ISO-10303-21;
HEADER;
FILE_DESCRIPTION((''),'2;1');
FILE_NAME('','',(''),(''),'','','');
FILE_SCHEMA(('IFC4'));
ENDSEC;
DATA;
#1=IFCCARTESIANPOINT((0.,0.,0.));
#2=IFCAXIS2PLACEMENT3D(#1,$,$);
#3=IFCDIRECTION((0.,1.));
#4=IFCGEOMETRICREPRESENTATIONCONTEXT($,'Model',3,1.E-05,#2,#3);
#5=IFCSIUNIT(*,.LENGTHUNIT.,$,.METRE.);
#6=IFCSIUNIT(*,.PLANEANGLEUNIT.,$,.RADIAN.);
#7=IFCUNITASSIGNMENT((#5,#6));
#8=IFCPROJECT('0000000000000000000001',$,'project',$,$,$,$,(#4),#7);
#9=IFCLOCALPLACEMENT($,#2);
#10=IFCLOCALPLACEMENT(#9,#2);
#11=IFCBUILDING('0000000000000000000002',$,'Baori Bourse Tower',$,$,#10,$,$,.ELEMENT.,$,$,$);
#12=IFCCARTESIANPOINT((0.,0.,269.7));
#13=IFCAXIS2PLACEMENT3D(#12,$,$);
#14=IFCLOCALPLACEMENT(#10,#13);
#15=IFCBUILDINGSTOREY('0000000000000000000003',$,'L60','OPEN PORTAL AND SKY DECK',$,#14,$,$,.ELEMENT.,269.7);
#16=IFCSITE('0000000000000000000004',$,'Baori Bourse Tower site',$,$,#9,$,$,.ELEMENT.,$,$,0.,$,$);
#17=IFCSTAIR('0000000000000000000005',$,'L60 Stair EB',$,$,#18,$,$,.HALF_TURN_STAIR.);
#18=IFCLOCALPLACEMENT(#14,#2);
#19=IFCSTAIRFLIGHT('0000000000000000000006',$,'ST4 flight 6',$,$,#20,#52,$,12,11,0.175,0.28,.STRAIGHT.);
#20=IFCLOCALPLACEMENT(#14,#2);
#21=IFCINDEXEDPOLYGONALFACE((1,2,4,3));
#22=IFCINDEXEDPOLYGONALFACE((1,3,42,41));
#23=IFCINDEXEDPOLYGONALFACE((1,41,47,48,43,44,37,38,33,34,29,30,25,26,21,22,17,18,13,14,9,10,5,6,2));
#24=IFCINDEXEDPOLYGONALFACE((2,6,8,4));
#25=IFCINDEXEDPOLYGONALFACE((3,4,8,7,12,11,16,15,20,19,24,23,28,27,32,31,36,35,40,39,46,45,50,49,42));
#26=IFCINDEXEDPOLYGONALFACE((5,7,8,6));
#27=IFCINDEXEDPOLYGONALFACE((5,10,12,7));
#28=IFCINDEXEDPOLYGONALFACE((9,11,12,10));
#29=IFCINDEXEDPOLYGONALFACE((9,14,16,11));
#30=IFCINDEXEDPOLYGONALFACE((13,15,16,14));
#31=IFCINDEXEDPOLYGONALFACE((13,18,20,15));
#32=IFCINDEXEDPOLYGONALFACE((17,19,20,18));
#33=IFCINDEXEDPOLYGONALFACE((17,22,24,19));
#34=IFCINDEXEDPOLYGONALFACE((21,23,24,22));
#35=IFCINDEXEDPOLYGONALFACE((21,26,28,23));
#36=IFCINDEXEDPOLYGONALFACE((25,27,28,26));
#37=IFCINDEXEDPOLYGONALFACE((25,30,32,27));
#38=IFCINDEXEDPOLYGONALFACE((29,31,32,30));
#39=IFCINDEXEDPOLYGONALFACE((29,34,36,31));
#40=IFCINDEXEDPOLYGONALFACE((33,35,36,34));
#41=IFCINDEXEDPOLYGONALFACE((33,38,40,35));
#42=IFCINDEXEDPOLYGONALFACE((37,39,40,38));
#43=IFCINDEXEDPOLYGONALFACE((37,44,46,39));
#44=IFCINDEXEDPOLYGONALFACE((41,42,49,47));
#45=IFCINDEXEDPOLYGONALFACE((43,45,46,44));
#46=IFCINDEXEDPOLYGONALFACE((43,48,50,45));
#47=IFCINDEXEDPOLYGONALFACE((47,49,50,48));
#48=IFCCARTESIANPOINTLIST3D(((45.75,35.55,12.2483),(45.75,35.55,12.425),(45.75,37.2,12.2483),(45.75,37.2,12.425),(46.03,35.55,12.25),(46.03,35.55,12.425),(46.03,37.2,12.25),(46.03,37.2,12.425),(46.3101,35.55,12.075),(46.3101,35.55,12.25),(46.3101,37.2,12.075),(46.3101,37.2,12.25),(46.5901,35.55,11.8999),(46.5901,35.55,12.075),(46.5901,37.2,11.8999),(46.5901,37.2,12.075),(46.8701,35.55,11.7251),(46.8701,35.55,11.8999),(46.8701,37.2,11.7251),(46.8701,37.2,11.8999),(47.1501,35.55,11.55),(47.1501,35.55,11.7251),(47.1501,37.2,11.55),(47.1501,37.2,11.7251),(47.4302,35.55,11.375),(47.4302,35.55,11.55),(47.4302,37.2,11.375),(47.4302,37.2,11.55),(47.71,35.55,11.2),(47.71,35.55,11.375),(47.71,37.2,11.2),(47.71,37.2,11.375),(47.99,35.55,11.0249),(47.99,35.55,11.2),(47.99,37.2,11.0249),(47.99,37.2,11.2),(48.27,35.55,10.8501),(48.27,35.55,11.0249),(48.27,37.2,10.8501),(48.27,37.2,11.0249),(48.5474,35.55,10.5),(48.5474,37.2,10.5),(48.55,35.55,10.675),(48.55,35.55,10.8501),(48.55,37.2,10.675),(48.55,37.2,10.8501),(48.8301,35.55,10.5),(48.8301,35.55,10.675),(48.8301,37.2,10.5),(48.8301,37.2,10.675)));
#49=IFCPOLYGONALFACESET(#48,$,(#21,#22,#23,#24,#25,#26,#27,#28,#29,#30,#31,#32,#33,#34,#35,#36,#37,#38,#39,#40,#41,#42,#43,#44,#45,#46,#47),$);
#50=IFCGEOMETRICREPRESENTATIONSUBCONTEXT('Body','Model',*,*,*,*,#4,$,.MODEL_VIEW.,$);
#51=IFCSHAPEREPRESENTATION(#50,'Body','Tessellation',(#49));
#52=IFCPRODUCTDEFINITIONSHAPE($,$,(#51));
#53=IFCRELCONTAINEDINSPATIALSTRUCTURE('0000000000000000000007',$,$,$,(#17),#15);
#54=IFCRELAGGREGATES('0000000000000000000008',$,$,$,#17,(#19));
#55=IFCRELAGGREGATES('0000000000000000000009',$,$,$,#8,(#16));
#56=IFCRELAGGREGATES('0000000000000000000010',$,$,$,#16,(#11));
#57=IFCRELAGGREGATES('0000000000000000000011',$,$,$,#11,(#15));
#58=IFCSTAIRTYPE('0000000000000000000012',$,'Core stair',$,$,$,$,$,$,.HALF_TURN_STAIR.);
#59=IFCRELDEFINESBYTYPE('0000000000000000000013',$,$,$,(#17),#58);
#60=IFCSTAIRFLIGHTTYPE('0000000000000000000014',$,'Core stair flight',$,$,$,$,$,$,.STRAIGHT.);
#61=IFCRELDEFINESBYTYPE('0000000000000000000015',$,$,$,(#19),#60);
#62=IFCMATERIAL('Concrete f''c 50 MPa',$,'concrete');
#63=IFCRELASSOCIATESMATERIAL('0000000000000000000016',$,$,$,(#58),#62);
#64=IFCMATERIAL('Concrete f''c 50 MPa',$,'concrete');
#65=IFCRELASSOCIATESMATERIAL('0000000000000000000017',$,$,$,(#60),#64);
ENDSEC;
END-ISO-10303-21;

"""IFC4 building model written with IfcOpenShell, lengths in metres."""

from ifc_helpers import new_model, si_unit, direction, frame, origin, place, context, subcontext, project, spatial, polyline, outline, extrude, material, type_object, element, aggregate, save


model = new_model("IFC4")

# Units and contexts
model_context = context("Model", 3, precision=1e-05, world=origin(), true_north=direction((0.0, 1.0)))
body_context = subcontext(model_context, "Body", "Model", "MODEL_VIEW")
ifc_project = project(units=[si_unit("LENGTHUNIT", "METRE"), si_unit("PLANEANGLEUNIT", "RADIAN")], contexts=[model_context])

# Site, building, storey
site_placement = place(None, origin())
site = spatial("IfcSite", under=ifc_project, at=site_placement, Name="Baori Bourse Tower site", CompositionType="ELEMENT", RefElevation=0.0)
building_placement = place(site_placement, origin())
building = spatial("IfcBuilding", under=site, at=building_placement, Name="Baori Bourse Tower", CompositionType="ELEMENT")
storey_placement = place(building_placement, frame((0.0, 0.0, 269.7)))
storey = spatial("IfcBuildingStorey", under=building, at=storey_placement, Name="L60", Description="OPEN PORTAL AND SKY DECK", CompositionType="ELEMENT", Elevation=269.7)

# Stair, stair flight
ifc_material_1 = material(Name="Concrete f'c 50 MPa", Category="concrete")
stair_type = type_object("IfcStairType", Name="Core stair", PredefinedType="HALF_TURN_STAIR", material=ifc_material_1)
stair_placement = place(storey_placement, origin())
stair = element("IfcStair", 1, at=stair_placement, inside=storey, type_object=stair_type, Name="L60 Stair EB", PredefinedType="HALF_TURN_STAIR")
ifc_material_2 = material(Name="Concrete f'c 50 MPa", Category="concrete")
stair_flight_type = type_object("IfcStairFlightType", Name="Core stair flight", PredefinedType="STRAIGHT", material=ifc_material_2)
stair_flight_1_placement = place(storey_placement, frame((48.8301, 36.375, 10.5), z_axis=(0.0, 0.0, 1.0), x_axis=(-1.0, 0.0, 0.0)))
stair_flight_1 = element("IfcStairFlight", 2, at=stair_flight_1_placement, type_object=stair_flight_type, Name="ST4 flight 6", NumberOfRisers=12, NumberOfTreads=11, PredefinedType="STRAIGHT", RiserHeight=0.175, TreadLength=0.28, context=body_context, shape_type="SweptSolid", body=[
    extrude(outline(polyline([(0.0, 0.0), (0.0, 0.175), (0.28, 0.175), (0.28, 0.3501), (0.5601, 0.3501), (0.5601, 0.5249), (0.8401, 0.5249), (0.8401, 0.7), (1.1201, 0.7), (1.1201, 0.875), (1.3999, 0.875), (1.3999, 1.05), (1.6799, 1.05), (1.6799, 1.2251), (1.96, 1.2251), (1.96, 1.3999), (2.24, 1.3999), (2.24, 1.575), (2.52, 1.575), (2.52, 1.75), (2.8, 1.75), (2.8, 1.925), (3.0801, 1.925), (3.0801, 2.1001), (3.0801, 1.7483), (0.2827, 0.0), (0.0, 0.0)])), frame((0.0, 0.825, 0.0), z_axis=(0.0, -1.0, 0.0), x_axis=(1.0, 0.0, 0.0)), (0.0, 0.0, 1.0), 1.6499),
])
aggregate(stair, [stair_flight_1])

save(model, "model.ifc")
